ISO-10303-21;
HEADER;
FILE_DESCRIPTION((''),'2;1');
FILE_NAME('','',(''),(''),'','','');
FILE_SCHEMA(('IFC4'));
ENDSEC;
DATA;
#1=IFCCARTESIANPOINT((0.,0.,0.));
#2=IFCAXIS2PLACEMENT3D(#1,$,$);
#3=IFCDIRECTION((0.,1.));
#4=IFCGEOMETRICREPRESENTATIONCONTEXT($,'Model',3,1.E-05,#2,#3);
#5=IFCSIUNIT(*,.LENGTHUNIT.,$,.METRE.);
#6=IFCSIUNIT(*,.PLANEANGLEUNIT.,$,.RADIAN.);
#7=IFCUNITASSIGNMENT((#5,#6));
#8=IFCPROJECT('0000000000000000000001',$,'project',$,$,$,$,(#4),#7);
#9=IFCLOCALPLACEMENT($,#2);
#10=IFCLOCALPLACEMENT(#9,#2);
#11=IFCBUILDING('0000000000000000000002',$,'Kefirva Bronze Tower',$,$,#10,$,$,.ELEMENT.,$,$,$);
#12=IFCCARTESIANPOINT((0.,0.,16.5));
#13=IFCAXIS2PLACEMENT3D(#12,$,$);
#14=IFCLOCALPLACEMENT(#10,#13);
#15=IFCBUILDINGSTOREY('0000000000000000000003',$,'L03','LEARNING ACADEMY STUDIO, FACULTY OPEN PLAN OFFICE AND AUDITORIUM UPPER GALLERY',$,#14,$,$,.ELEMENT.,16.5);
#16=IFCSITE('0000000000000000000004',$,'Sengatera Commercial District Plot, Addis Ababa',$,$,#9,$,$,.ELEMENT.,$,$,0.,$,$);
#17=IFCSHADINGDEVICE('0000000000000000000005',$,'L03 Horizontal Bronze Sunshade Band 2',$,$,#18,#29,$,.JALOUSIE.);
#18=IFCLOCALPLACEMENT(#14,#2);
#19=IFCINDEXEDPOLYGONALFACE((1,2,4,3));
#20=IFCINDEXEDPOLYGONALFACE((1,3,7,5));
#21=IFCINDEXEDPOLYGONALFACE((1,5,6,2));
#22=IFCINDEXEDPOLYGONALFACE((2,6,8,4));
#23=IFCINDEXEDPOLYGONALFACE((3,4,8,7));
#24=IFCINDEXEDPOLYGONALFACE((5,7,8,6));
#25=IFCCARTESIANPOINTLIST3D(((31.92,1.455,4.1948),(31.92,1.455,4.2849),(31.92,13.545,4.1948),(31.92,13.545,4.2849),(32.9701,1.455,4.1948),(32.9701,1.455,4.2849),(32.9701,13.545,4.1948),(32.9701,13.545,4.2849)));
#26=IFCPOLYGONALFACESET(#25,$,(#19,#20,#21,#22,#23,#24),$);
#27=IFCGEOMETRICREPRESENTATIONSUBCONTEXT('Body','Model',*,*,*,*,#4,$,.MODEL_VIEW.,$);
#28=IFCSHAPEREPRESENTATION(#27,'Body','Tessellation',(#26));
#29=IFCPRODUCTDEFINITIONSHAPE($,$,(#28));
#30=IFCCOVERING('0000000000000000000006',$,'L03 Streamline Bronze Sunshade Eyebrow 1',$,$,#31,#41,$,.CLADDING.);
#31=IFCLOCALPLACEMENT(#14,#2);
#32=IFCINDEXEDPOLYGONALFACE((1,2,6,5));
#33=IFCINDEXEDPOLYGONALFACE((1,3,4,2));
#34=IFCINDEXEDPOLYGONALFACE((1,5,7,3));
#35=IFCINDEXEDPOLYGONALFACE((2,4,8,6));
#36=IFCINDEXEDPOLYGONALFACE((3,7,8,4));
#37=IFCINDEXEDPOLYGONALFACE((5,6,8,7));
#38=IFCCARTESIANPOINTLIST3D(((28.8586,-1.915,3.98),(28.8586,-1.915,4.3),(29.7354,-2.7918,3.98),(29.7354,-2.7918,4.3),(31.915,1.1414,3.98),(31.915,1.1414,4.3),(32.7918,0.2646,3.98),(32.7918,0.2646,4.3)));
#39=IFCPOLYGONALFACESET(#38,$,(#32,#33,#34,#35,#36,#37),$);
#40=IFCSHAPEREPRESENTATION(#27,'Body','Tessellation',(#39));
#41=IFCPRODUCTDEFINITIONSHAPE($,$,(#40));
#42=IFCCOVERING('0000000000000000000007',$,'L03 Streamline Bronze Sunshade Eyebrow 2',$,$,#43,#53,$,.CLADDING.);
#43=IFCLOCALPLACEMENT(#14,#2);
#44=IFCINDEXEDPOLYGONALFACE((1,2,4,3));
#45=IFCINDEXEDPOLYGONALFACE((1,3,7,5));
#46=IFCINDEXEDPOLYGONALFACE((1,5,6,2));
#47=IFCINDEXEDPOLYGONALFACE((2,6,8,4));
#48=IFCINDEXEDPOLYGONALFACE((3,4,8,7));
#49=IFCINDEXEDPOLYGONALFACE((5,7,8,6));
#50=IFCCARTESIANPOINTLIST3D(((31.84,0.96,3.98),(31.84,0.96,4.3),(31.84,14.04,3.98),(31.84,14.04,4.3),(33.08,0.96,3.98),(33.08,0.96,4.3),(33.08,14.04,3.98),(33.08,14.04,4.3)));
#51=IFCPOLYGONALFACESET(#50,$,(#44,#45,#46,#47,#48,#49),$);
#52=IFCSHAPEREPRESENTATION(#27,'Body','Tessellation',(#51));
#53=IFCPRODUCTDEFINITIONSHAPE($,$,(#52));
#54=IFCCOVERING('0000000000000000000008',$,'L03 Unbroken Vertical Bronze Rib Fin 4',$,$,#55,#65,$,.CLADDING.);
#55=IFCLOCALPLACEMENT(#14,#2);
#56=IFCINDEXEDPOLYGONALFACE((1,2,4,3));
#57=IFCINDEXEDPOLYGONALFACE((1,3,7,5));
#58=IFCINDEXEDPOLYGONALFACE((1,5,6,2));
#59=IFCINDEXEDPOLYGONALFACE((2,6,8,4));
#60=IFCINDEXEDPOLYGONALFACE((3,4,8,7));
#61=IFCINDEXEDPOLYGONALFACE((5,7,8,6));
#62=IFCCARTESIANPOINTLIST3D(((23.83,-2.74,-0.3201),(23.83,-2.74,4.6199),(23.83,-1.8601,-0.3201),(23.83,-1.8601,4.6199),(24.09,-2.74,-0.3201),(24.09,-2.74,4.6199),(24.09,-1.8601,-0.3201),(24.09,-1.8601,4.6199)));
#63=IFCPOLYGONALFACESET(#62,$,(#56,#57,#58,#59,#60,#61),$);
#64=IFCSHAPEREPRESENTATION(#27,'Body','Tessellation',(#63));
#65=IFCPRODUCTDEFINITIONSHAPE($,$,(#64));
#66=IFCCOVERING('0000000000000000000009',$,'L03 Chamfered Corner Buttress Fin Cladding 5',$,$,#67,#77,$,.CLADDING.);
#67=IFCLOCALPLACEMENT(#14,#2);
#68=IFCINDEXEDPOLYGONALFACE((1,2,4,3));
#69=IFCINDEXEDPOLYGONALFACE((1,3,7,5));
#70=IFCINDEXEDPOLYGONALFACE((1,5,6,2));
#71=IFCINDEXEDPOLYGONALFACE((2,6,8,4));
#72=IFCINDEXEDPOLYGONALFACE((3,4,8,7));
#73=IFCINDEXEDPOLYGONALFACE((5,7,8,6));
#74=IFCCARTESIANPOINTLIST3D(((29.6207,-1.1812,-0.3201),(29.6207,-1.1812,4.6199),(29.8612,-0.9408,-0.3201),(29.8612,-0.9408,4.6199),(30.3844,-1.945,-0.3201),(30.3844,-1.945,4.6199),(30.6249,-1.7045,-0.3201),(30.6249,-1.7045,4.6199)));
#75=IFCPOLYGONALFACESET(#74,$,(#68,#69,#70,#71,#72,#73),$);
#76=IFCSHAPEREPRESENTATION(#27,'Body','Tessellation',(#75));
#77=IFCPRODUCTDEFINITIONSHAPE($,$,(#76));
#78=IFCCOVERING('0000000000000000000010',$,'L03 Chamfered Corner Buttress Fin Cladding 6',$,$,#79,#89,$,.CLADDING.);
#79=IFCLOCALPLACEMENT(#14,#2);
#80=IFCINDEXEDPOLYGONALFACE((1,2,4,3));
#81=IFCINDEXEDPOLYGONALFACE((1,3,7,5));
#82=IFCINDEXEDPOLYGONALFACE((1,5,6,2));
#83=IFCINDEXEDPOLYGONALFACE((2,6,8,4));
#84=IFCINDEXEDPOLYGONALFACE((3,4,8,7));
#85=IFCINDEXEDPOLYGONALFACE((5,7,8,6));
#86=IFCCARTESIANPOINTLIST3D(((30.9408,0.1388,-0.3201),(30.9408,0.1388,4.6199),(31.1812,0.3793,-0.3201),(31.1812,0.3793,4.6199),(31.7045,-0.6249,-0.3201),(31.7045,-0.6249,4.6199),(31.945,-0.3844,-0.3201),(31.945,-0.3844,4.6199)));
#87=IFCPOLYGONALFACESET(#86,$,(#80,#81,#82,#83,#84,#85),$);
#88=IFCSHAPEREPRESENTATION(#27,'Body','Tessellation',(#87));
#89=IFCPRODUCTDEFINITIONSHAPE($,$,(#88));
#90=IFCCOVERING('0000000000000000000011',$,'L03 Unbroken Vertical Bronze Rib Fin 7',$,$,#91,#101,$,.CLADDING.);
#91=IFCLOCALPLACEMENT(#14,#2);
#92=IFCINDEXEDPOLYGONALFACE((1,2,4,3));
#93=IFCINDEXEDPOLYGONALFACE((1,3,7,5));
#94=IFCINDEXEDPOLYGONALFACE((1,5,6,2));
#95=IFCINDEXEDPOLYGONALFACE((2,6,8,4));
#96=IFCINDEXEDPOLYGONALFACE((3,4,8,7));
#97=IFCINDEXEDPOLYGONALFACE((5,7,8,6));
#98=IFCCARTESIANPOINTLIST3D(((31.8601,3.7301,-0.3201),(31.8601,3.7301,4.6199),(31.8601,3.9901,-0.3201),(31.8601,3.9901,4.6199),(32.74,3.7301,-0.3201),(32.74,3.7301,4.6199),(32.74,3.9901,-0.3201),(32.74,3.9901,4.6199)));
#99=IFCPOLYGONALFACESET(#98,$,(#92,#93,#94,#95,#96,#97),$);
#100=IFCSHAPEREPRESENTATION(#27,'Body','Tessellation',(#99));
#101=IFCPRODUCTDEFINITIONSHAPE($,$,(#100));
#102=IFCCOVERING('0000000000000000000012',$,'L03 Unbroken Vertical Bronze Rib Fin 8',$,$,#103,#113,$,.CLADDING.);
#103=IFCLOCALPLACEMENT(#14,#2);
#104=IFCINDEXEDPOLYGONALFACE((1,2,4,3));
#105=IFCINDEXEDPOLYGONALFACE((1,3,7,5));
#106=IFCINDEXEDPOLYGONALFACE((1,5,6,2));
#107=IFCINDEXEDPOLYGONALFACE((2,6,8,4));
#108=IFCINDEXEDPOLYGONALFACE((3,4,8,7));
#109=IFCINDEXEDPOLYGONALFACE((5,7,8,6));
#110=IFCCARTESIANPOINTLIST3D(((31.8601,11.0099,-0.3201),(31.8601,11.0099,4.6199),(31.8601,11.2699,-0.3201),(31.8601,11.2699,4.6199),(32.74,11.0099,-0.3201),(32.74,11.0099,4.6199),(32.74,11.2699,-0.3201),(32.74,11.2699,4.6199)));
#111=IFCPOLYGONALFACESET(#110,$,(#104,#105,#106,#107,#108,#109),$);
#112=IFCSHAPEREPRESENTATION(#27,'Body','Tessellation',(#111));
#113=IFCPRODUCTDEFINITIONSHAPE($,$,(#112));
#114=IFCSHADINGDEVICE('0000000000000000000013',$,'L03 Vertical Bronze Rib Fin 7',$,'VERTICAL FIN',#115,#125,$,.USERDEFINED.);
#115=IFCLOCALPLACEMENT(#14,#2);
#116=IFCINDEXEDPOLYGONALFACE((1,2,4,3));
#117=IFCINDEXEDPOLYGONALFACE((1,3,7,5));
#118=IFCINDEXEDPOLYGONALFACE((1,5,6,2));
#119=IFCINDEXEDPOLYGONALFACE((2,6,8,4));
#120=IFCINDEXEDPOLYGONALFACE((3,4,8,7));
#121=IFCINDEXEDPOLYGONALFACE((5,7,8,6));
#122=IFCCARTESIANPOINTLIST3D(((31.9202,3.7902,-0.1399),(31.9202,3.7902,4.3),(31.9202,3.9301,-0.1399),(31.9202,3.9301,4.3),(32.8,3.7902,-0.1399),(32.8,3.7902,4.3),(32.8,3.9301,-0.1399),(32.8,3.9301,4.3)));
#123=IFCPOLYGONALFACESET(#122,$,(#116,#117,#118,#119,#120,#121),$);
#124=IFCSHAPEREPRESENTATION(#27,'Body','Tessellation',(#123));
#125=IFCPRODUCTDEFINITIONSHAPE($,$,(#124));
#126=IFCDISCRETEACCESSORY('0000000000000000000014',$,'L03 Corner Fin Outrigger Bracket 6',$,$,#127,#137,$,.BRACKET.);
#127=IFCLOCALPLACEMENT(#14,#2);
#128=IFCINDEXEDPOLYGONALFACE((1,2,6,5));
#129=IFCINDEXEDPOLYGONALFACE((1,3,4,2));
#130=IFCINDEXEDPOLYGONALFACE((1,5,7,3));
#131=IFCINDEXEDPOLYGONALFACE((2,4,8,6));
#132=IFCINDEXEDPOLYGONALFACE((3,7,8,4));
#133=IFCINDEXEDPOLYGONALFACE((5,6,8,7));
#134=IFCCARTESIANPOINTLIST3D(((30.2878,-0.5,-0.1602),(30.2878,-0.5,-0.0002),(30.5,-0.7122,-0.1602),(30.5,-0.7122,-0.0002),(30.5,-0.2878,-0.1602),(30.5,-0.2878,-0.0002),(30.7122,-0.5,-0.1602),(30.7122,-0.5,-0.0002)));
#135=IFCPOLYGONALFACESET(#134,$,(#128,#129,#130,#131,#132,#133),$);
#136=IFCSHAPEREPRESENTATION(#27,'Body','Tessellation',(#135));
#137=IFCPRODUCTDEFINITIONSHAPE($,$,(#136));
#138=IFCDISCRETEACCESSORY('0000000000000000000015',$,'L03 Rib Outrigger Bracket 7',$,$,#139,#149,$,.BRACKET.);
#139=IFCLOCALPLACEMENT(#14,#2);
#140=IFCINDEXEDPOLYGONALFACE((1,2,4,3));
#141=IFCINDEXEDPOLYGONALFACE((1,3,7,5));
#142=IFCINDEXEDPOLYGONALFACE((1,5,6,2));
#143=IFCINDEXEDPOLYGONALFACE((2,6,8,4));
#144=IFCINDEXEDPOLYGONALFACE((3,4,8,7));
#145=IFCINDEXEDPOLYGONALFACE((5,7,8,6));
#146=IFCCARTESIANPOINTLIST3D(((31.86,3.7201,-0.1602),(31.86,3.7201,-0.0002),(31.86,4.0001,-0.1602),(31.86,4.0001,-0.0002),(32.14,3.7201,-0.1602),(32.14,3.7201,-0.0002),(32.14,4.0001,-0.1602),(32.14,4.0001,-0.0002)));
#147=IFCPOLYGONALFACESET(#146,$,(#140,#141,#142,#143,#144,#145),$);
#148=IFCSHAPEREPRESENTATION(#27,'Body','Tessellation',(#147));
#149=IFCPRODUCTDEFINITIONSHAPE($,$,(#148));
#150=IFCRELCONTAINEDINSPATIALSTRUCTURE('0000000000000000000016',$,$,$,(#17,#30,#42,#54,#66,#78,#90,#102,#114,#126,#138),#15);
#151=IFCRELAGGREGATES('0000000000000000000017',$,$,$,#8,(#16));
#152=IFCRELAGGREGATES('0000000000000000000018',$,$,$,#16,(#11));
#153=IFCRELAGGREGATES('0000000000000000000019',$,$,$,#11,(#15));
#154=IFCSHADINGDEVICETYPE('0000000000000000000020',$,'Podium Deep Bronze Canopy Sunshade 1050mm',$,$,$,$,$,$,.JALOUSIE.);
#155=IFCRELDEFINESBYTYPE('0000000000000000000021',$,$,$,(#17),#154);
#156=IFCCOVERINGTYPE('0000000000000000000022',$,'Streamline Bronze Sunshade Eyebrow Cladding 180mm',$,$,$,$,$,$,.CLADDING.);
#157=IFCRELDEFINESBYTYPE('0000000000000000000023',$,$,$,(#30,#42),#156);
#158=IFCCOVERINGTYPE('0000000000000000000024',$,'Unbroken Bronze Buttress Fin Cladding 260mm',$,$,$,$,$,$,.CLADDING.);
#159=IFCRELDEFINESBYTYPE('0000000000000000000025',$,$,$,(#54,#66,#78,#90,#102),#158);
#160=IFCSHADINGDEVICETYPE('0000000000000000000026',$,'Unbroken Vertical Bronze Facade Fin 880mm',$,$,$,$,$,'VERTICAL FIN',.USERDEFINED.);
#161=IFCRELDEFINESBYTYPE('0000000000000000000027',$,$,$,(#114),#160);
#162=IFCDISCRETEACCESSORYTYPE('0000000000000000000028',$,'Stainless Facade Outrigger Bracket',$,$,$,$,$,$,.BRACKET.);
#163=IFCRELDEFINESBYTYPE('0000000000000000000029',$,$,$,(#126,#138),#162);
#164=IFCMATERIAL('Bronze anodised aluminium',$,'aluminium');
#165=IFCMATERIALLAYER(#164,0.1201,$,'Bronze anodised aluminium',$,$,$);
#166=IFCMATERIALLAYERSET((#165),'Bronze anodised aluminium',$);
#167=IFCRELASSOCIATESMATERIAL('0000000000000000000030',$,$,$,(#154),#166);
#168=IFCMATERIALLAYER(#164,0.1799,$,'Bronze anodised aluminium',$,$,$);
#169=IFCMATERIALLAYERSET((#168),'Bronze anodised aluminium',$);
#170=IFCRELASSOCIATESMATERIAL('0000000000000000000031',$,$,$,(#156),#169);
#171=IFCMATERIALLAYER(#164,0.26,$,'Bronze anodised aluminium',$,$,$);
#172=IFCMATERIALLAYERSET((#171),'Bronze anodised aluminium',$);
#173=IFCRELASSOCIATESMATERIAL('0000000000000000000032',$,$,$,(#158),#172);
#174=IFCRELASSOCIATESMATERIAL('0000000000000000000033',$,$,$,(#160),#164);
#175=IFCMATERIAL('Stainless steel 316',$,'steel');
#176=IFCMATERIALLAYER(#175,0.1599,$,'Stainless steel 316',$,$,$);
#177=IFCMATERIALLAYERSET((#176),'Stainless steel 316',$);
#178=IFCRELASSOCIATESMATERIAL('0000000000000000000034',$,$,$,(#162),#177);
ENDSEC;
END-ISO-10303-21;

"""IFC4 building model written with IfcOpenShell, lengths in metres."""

from ifc_helpers import new_model, si_unit, direction, frame, origin, origin_2d, place, context, subcontext, project, spatial, rectangle, extrude, material, layer, layer_set, material_profile, profile_set, type_object, element, save


model = new_model("IFC4")

# Units and contexts
model_context = context("Model", 3, precision=1e-05, world=origin(), true_north=direction((0.0, 1.0)))
body_context = subcontext(model_context, "Body", "Model", "MODEL_VIEW")
ifc_project = project(units=[si_unit("LENGTHUNIT", "METRE"), si_unit("PLANEANGLEUNIT", "RADIAN")], contexts=[model_context])

# Site, building, storey
site_placement = place(None, origin())
site = spatial("IfcSite", under=ifc_project, at=site_placement, Name="Sengatera Commercial District Plot, Addis Ababa", CompositionType="ELEMENT", RefElevation=0.0)
building_placement = place(site_placement, origin())
building = spatial("IfcBuilding", under=site, at=building_placement, Name="Kefirva Bronze Tower", CompositionType="ELEMENT")
storey_placement = place(building_placement, frame((0.0, 0.0, 16.5)))
storey = spatial("IfcBuildingStorey", under=building, at=storey_placement, Name="L03", Description="LEARNING ACADEMY STUDIO, FACULTY OPEN PLAN OFFICE AND AUDITORIUM UPPER GALLERY", CompositionType="ELEMENT", Elevation=16.5)

# Shared definitions
ifc_material_1 = material(Name="Bronze anodised aluminium", Category="aluminium")

# Shading device
ifc_layer_1 = layer(ifc_material_1, 0.1201, Name="Bronze anodised aluminium")
ifc_layer_set_1 = layer_set([ifc_layer_1], Name="Bronze anodised aluminium")
shading_device_type_1 = type_object("IfcShadingDeviceType", Name="Podium Deep Bronze Canopy Sunshade 1050mm", PredefinedType="JALOUSIE", material=ifc_layer_set_1)
shading_device_1_placement = place(storey_placement, frame((32.4451, 7.5, 4.1948), z_axis=(0.0, 0.0, 1.0), x_axis=(0.0, 1.0, 0.0)))
element("IfcShadingDevice", 1, at=shading_device_1_placement, inside=storey, type_object=shading_device_type_1, Name="L03 Horizontal Bronze Sunshade Band 2", PredefinedType="JALOUSIE", context=body_context, shape_type="SweptSolid", body=[
    extrude(rectangle(XDim=12.0901, YDim=1.05, at=origin_2d()), origin(), (0.0, 0.0, 1.0), 0.0901),
])

# Coverings
ifc_layer_2 = layer(ifc_material_1, 0.1799, Name="Bronze anodised aluminium")
ifc_layer_set_2 = layer_set([ifc_layer_2], Name="Bronze anodised aluminium")
covering_type_1 = type_object("IfcCoveringType", Name="Streamline Bronze Sunshade Eyebrow Cladding 180mm", PredefinedType="CLADDING", material=ifc_layer_set_2)
covering_1_placement = place(storey_placement, frame((30.8252, -0.8252, 3.98), z_axis=(0.0, 0.0, 1.0), x_axis=(0.707107, 0.707107, 0.0)))
element("IfcCovering", 2, at=covering_1_placement, inside=storey, type_object=covering_type_1, Name="L03 Streamline Bronze Sunshade Eyebrow 1", PredefinedType="CLADDING", context=body_context, shape_type="SweptSolid", body=[
    extrude(rectangle(XDim=4.3225, YDim=1.24, at=origin_2d()), origin(), (0.0, 0.0, 1.0), 0.3201),
])
covering_2_placement = place(storey_placement, frame((32.46, 7.5, 3.98), z_axis=(0.0, 0.0, 1.0), x_axis=(0.0, 1.0, 0.0)))
element("IfcCovering", 3, at=covering_2_placement, inside=storey, type_object=covering_type_1, Name="L03 Streamline Bronze Sunshade Eyebrow 2", PredefinedType="CLADDING", context=body_context, shape_type="SweptSolid", body=[
    extrude(rectangle(XDim=13.0801, YDim=1.24, at=origin_2d()), origin(), (0.0, 0.0, 1.0), 0.3201),
])
ifc_layer_3 = layer(ifc_material_1, 0.26, Name="Bronze anodised aluminium")
ifc_layer_set_3 = layer_set([ifc_layer_3], Name="Bronze anodised aluminium")
covering_type_2 = type_object("IfcCoveringType", Name="Unbroken Bronze Buttress Fin Cladding 260mm", PredefinedType="CLADDING", material=ifc_layer_set_3)
covering_3_placement = place(storey_placement, frame((23.96, -2.3, -0.3201), z_axis=(0.0, 0.0, 1.0), x_axis=(1.0, 0.0, 0.0)))
element("IfcCovering", 4, at=covering_3_placement, inside=storey, type_object=covering_type_2, Name="L03 Unbroken Vertical Bronze Rib Fin 4", PredefinedType="CLADDING", context=body_context, shape_type="SweptSolid", body=[
    extrude(rectangle(XDim=0.26, YDim=0.8799, at=origin_2d()), origin(), (0.0, 0.0, 1.0), 4.9399),
])
for number, where, z_axis, x_axis, name in (
    (5, (30.1228, -1.4429, -0.3201), (0.0, 0.0, 1.0), (0.707107, 0.707107, 0.0), "L03 Chamfered Corner Buttress Fin Cladding 5"),
    (6, (31.4429, -0.1228, -0.3201), (0.0, 0.0, 1.0), (0.707107, 0.707107, 0.0), "L03 Chamfered Corner Buttress Fin Cladding 6"),
):
    element("IfcCovering", number, at=place(storey_placement, frame(where, z_axis=z_axis, x_axis=x_axis)), inside=storey, type_object=covering_type_2, Name=name, PredefinedType="CLADDING", context=body_context, shape_type="SweptSolid", body=[
        extrude(rectangle(XDim=0.3401, YDim=1.0801, at=origin_2d()), origin(), (0.0, 0.0, 1.0), 4.9399),
    ])
for number, where, z_axis, x_axis, name in (
    (7, (32.3, 3.8601, -0.3201), (0.0, 0.0, 1.0), (0.0, 1.0, 0.0), "L03 Unbroken Vertical Bronze Rib Fin 7"),
    (8, (32.3, 11.1399, -0.3201), (0.0, 0.0, 1.0), (0.0, 1.0, 0.0), "L03 Unbroken Vertical Bronze Rib Fin 8"),
):
    element("IfcCovering", number, at=place(storey_placement, frame(where, z_axis=z_axis, x_axis=x_axis)), inside=storey, type_object=covering_type_2, Name=name, PredefinedType="CLADDING", context=body_context, shape_type="SweptSolid", body=[
        extrude(rectangle(XDim=0.26, YDim=0.8799, at=origin_2d()), origin(), (0.0, 0.0, 1.0), 4.9399),
    ])

# Shading device
ifc_material_profile_1 = material_profile(ifc_material_1, rectangle(XDim=0.1399, YDim=0.8799, at=origin_2d()), Name="BRONZE FIN 140x880")
ifc_profile_set_1 = profile_set([ifc_material_profile_1], Name="Bronze anodised aluminium")
shading_device_type_2 = type_object("IfcShadingDeviceType", Name="Unbroken Vertical Bronze Facade Fin 880mm", ElementType="VERTICAL FIN", PredefinedType="USERDEFINED", material=ifc_profile_set_1)
shading_device_2_placement = place(storey_placement, frame((32.3601, 3.8601, -0.1399), z_axis=(0.0, 0.0, 1.0), x_axis=(0.0, 1.0, 0.0)))
element("IfcShadingDevice", 9, at=shading_device_2_placement, inside=storey, type_object=shading_device_type_2, Name="L03 Vertical Bronze Rib Fin 7", ObjectType="VERTICAL FIN", PredefinedType="USERDEFINED", context=body_context, shape_type="SweptSolid", body=[
    extrude(rectangle(XDim=0.1399, YDim=0.8799, at=origin_2d()), origin(), (0.0, 0.0, 1.0), 4.4399),
])

# Discrete accessories
ifc_material_2 = material(Name="Stainless steel 316", Category="steel")
ifc_layer_4 = layer(ifc_material_2, 0.1599, Name="Stainless steel 316")
ifc_layer_set_4 = layer_set([ifc_layer_4], Name="Stainless steel 316")
discrete_accessory_type = type_object("IfcDiscreteAccessoryType", Name="Stainless Facade Outrigger Bracket", PredefinedType="BRACKET", material=ifc_layer_set_4)
discrete_accessory_1_placement = place(storey_placement, frame((30.5, -0.5, -0.1602), z_axis=(0.0, 0.0, 1.0), x_axis=(0.707107, 0.707107, 0.0)))
element("IfcDiscreteAccessory", 10, at=discrete_accessory_1_placement, inside=storey, type_object=discrete_accessory_type, Name="L03 Corner Fin Outrigger Bracket 6", PredefinedType="BRACKET", context=body_context, shape_type="SweptSolid", body=[
    extrude(rectangle(XDim=0.3, YDim=0.3, at=origin_2d()), origin(), (0.0, 0.0, 1.0), 0.1599),
])
discrete_accessory_2_placement = place(storey_placement, frame((32.0, 3.8601, -0.1602), z_axis=(0.0, 0.0, 1.0), x_axis=(0.0, 1.0, 0.0)))
element("IfcDiscreteAccessory", 11, at=discrete_accessory_2_placement, inside=storey, type_object=discrete_accessory_type, Name="L03 Rib Outrigger Bracket 7", PredefinedType="BRACKET", context=body_context, shape_type="SweptSolid", body=[
    extrude(rectangle(XDim=0.28, YDim=0.28, at=origin_2d()), origin(), (0.0, 0.0, 1.0), 0.1599),
])

save(model, "model.ifc")
